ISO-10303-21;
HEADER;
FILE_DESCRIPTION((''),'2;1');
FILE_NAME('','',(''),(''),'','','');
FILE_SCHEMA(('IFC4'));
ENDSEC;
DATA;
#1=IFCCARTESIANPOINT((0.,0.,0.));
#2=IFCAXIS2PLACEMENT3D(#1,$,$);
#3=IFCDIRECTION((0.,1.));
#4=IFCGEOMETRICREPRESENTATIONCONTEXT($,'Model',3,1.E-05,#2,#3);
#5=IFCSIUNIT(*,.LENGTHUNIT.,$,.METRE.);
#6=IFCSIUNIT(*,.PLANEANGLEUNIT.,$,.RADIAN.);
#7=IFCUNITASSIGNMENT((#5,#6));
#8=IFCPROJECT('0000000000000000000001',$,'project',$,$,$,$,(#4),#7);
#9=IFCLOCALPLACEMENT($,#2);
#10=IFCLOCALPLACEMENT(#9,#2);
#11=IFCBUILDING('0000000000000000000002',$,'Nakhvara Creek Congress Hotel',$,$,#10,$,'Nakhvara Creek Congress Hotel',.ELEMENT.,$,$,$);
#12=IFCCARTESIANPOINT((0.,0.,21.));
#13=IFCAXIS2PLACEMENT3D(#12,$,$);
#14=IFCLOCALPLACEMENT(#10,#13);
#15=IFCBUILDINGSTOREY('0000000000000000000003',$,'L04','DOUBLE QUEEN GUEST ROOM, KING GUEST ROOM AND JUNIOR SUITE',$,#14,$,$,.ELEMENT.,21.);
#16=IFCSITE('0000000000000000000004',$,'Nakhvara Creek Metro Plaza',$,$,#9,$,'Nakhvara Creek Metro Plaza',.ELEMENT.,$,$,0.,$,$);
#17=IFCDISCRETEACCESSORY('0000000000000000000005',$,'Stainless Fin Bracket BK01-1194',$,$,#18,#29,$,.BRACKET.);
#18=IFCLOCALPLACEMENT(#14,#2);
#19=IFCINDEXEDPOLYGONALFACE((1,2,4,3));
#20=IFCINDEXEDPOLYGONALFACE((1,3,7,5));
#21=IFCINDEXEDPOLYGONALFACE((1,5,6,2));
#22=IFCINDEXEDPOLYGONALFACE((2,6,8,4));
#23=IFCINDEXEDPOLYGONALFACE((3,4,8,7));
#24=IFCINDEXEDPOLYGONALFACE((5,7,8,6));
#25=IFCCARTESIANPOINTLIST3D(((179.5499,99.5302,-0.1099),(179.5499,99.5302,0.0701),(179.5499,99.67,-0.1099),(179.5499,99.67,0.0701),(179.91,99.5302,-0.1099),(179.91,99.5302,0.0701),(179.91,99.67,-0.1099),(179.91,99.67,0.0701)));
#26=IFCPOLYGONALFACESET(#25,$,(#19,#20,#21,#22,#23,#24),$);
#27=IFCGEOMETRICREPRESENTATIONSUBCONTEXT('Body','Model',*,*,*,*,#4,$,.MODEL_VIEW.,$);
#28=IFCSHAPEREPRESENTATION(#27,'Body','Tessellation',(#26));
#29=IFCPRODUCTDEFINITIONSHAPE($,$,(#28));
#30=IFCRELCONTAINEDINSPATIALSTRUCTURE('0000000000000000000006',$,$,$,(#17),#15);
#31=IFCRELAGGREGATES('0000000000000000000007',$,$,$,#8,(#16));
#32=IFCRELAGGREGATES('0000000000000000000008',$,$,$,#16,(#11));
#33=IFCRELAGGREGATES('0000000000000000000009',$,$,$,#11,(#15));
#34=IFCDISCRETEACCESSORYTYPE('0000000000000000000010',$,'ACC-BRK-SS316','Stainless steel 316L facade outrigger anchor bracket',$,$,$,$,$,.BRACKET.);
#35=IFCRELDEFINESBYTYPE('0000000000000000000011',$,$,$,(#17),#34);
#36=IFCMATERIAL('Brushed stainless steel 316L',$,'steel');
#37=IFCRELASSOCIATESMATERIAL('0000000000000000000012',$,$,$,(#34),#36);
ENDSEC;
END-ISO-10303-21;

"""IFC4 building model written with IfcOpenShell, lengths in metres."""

from ifc_helpers import new_model, si_unit, direction, frame, origin, origin_2d, place, context, subcontext, project, spatial, rectangle, extrude, material, type_object, element, save


model = new_model("IFC4")

# Units and contexts
model_context = context("Model", 3, precision=1e-05, world=origin(), true_north=direction((0.0, 1.0)))
body_context = subcontext(model_context, "Body", "Model", "MODEL_VIEW")
ifc_project = project(units=[si_unit("LENGTHUNIT", "METRE"), si_unit("PLANEANGLEUNIT", "RADIAN")], contexts=[model_context])

# Site, building, storey
site_placement = place(None, origin())
site = spatial("IfcSite", under=ifc_project, at=site_placement, Name="Nakhvara Creek Metro Plaza", LongName="Nakhvara Creek Metro Plaza", CompositionType="ELEMENT", RefElevation=0.0)
building_placement = place(site_placement, origin())
building = spatial("IfcBuilding", under=site, at=building_placement, Name="Nakhvara Creek Congress Hotel", LongName="Nakhvara Creek Congress Hotel", CompositionType="ELEMENT")
storey_placement = place(building_placement, frame((0.0, 0.0, 21.0)))
storey = spatial("IfcBuildingStorey", under=building, at=storey_placement, Name="L04", Description="DOUBLE QUEEN GUEST ROOM, KING GUEST ROOM AND JUNIOR SUITE", CompositionType="ELEMENT", Elevation=21.0)

# Discrete accessory
ifc_material_1 = material(Name="Brushed stainless steel 316L", Category="steel")
discrete_accessory_type = type_object("IfcDiscreteAccessoryType", Name="ACC-BRK-SS316", Description="Stainless steel 316L facade outrigger anchor bracket", PredefinedType="BRACKET", material=ifc_material_1)
for number, where, z_axis, x_axis, name in (
    (1, (179.73, 99.6001, -0.1099), (0.0, 0.0, 1.0), (0.0, 1.0, 0.0), "Stainless Fin Bracket BK01-1194"),
):
    element("IfcDiscreteAccessory", number, at=place(storey_placement, frame(where, z_axis=z_axis, x_axis=x_axis)), inside=storey, type_object=discrete_accessory_type, Name=name, PredefinedType="BRACKET", context=body_context, shape_type="SweptSolid", body=[
        extrude(rectangle(XDim=0.1399, YDim=0.3601, at=origin_2d()), origin(), (0.0, 0.0, 1.0), 0.1799),
    ])

save(model, "model.ifc")
